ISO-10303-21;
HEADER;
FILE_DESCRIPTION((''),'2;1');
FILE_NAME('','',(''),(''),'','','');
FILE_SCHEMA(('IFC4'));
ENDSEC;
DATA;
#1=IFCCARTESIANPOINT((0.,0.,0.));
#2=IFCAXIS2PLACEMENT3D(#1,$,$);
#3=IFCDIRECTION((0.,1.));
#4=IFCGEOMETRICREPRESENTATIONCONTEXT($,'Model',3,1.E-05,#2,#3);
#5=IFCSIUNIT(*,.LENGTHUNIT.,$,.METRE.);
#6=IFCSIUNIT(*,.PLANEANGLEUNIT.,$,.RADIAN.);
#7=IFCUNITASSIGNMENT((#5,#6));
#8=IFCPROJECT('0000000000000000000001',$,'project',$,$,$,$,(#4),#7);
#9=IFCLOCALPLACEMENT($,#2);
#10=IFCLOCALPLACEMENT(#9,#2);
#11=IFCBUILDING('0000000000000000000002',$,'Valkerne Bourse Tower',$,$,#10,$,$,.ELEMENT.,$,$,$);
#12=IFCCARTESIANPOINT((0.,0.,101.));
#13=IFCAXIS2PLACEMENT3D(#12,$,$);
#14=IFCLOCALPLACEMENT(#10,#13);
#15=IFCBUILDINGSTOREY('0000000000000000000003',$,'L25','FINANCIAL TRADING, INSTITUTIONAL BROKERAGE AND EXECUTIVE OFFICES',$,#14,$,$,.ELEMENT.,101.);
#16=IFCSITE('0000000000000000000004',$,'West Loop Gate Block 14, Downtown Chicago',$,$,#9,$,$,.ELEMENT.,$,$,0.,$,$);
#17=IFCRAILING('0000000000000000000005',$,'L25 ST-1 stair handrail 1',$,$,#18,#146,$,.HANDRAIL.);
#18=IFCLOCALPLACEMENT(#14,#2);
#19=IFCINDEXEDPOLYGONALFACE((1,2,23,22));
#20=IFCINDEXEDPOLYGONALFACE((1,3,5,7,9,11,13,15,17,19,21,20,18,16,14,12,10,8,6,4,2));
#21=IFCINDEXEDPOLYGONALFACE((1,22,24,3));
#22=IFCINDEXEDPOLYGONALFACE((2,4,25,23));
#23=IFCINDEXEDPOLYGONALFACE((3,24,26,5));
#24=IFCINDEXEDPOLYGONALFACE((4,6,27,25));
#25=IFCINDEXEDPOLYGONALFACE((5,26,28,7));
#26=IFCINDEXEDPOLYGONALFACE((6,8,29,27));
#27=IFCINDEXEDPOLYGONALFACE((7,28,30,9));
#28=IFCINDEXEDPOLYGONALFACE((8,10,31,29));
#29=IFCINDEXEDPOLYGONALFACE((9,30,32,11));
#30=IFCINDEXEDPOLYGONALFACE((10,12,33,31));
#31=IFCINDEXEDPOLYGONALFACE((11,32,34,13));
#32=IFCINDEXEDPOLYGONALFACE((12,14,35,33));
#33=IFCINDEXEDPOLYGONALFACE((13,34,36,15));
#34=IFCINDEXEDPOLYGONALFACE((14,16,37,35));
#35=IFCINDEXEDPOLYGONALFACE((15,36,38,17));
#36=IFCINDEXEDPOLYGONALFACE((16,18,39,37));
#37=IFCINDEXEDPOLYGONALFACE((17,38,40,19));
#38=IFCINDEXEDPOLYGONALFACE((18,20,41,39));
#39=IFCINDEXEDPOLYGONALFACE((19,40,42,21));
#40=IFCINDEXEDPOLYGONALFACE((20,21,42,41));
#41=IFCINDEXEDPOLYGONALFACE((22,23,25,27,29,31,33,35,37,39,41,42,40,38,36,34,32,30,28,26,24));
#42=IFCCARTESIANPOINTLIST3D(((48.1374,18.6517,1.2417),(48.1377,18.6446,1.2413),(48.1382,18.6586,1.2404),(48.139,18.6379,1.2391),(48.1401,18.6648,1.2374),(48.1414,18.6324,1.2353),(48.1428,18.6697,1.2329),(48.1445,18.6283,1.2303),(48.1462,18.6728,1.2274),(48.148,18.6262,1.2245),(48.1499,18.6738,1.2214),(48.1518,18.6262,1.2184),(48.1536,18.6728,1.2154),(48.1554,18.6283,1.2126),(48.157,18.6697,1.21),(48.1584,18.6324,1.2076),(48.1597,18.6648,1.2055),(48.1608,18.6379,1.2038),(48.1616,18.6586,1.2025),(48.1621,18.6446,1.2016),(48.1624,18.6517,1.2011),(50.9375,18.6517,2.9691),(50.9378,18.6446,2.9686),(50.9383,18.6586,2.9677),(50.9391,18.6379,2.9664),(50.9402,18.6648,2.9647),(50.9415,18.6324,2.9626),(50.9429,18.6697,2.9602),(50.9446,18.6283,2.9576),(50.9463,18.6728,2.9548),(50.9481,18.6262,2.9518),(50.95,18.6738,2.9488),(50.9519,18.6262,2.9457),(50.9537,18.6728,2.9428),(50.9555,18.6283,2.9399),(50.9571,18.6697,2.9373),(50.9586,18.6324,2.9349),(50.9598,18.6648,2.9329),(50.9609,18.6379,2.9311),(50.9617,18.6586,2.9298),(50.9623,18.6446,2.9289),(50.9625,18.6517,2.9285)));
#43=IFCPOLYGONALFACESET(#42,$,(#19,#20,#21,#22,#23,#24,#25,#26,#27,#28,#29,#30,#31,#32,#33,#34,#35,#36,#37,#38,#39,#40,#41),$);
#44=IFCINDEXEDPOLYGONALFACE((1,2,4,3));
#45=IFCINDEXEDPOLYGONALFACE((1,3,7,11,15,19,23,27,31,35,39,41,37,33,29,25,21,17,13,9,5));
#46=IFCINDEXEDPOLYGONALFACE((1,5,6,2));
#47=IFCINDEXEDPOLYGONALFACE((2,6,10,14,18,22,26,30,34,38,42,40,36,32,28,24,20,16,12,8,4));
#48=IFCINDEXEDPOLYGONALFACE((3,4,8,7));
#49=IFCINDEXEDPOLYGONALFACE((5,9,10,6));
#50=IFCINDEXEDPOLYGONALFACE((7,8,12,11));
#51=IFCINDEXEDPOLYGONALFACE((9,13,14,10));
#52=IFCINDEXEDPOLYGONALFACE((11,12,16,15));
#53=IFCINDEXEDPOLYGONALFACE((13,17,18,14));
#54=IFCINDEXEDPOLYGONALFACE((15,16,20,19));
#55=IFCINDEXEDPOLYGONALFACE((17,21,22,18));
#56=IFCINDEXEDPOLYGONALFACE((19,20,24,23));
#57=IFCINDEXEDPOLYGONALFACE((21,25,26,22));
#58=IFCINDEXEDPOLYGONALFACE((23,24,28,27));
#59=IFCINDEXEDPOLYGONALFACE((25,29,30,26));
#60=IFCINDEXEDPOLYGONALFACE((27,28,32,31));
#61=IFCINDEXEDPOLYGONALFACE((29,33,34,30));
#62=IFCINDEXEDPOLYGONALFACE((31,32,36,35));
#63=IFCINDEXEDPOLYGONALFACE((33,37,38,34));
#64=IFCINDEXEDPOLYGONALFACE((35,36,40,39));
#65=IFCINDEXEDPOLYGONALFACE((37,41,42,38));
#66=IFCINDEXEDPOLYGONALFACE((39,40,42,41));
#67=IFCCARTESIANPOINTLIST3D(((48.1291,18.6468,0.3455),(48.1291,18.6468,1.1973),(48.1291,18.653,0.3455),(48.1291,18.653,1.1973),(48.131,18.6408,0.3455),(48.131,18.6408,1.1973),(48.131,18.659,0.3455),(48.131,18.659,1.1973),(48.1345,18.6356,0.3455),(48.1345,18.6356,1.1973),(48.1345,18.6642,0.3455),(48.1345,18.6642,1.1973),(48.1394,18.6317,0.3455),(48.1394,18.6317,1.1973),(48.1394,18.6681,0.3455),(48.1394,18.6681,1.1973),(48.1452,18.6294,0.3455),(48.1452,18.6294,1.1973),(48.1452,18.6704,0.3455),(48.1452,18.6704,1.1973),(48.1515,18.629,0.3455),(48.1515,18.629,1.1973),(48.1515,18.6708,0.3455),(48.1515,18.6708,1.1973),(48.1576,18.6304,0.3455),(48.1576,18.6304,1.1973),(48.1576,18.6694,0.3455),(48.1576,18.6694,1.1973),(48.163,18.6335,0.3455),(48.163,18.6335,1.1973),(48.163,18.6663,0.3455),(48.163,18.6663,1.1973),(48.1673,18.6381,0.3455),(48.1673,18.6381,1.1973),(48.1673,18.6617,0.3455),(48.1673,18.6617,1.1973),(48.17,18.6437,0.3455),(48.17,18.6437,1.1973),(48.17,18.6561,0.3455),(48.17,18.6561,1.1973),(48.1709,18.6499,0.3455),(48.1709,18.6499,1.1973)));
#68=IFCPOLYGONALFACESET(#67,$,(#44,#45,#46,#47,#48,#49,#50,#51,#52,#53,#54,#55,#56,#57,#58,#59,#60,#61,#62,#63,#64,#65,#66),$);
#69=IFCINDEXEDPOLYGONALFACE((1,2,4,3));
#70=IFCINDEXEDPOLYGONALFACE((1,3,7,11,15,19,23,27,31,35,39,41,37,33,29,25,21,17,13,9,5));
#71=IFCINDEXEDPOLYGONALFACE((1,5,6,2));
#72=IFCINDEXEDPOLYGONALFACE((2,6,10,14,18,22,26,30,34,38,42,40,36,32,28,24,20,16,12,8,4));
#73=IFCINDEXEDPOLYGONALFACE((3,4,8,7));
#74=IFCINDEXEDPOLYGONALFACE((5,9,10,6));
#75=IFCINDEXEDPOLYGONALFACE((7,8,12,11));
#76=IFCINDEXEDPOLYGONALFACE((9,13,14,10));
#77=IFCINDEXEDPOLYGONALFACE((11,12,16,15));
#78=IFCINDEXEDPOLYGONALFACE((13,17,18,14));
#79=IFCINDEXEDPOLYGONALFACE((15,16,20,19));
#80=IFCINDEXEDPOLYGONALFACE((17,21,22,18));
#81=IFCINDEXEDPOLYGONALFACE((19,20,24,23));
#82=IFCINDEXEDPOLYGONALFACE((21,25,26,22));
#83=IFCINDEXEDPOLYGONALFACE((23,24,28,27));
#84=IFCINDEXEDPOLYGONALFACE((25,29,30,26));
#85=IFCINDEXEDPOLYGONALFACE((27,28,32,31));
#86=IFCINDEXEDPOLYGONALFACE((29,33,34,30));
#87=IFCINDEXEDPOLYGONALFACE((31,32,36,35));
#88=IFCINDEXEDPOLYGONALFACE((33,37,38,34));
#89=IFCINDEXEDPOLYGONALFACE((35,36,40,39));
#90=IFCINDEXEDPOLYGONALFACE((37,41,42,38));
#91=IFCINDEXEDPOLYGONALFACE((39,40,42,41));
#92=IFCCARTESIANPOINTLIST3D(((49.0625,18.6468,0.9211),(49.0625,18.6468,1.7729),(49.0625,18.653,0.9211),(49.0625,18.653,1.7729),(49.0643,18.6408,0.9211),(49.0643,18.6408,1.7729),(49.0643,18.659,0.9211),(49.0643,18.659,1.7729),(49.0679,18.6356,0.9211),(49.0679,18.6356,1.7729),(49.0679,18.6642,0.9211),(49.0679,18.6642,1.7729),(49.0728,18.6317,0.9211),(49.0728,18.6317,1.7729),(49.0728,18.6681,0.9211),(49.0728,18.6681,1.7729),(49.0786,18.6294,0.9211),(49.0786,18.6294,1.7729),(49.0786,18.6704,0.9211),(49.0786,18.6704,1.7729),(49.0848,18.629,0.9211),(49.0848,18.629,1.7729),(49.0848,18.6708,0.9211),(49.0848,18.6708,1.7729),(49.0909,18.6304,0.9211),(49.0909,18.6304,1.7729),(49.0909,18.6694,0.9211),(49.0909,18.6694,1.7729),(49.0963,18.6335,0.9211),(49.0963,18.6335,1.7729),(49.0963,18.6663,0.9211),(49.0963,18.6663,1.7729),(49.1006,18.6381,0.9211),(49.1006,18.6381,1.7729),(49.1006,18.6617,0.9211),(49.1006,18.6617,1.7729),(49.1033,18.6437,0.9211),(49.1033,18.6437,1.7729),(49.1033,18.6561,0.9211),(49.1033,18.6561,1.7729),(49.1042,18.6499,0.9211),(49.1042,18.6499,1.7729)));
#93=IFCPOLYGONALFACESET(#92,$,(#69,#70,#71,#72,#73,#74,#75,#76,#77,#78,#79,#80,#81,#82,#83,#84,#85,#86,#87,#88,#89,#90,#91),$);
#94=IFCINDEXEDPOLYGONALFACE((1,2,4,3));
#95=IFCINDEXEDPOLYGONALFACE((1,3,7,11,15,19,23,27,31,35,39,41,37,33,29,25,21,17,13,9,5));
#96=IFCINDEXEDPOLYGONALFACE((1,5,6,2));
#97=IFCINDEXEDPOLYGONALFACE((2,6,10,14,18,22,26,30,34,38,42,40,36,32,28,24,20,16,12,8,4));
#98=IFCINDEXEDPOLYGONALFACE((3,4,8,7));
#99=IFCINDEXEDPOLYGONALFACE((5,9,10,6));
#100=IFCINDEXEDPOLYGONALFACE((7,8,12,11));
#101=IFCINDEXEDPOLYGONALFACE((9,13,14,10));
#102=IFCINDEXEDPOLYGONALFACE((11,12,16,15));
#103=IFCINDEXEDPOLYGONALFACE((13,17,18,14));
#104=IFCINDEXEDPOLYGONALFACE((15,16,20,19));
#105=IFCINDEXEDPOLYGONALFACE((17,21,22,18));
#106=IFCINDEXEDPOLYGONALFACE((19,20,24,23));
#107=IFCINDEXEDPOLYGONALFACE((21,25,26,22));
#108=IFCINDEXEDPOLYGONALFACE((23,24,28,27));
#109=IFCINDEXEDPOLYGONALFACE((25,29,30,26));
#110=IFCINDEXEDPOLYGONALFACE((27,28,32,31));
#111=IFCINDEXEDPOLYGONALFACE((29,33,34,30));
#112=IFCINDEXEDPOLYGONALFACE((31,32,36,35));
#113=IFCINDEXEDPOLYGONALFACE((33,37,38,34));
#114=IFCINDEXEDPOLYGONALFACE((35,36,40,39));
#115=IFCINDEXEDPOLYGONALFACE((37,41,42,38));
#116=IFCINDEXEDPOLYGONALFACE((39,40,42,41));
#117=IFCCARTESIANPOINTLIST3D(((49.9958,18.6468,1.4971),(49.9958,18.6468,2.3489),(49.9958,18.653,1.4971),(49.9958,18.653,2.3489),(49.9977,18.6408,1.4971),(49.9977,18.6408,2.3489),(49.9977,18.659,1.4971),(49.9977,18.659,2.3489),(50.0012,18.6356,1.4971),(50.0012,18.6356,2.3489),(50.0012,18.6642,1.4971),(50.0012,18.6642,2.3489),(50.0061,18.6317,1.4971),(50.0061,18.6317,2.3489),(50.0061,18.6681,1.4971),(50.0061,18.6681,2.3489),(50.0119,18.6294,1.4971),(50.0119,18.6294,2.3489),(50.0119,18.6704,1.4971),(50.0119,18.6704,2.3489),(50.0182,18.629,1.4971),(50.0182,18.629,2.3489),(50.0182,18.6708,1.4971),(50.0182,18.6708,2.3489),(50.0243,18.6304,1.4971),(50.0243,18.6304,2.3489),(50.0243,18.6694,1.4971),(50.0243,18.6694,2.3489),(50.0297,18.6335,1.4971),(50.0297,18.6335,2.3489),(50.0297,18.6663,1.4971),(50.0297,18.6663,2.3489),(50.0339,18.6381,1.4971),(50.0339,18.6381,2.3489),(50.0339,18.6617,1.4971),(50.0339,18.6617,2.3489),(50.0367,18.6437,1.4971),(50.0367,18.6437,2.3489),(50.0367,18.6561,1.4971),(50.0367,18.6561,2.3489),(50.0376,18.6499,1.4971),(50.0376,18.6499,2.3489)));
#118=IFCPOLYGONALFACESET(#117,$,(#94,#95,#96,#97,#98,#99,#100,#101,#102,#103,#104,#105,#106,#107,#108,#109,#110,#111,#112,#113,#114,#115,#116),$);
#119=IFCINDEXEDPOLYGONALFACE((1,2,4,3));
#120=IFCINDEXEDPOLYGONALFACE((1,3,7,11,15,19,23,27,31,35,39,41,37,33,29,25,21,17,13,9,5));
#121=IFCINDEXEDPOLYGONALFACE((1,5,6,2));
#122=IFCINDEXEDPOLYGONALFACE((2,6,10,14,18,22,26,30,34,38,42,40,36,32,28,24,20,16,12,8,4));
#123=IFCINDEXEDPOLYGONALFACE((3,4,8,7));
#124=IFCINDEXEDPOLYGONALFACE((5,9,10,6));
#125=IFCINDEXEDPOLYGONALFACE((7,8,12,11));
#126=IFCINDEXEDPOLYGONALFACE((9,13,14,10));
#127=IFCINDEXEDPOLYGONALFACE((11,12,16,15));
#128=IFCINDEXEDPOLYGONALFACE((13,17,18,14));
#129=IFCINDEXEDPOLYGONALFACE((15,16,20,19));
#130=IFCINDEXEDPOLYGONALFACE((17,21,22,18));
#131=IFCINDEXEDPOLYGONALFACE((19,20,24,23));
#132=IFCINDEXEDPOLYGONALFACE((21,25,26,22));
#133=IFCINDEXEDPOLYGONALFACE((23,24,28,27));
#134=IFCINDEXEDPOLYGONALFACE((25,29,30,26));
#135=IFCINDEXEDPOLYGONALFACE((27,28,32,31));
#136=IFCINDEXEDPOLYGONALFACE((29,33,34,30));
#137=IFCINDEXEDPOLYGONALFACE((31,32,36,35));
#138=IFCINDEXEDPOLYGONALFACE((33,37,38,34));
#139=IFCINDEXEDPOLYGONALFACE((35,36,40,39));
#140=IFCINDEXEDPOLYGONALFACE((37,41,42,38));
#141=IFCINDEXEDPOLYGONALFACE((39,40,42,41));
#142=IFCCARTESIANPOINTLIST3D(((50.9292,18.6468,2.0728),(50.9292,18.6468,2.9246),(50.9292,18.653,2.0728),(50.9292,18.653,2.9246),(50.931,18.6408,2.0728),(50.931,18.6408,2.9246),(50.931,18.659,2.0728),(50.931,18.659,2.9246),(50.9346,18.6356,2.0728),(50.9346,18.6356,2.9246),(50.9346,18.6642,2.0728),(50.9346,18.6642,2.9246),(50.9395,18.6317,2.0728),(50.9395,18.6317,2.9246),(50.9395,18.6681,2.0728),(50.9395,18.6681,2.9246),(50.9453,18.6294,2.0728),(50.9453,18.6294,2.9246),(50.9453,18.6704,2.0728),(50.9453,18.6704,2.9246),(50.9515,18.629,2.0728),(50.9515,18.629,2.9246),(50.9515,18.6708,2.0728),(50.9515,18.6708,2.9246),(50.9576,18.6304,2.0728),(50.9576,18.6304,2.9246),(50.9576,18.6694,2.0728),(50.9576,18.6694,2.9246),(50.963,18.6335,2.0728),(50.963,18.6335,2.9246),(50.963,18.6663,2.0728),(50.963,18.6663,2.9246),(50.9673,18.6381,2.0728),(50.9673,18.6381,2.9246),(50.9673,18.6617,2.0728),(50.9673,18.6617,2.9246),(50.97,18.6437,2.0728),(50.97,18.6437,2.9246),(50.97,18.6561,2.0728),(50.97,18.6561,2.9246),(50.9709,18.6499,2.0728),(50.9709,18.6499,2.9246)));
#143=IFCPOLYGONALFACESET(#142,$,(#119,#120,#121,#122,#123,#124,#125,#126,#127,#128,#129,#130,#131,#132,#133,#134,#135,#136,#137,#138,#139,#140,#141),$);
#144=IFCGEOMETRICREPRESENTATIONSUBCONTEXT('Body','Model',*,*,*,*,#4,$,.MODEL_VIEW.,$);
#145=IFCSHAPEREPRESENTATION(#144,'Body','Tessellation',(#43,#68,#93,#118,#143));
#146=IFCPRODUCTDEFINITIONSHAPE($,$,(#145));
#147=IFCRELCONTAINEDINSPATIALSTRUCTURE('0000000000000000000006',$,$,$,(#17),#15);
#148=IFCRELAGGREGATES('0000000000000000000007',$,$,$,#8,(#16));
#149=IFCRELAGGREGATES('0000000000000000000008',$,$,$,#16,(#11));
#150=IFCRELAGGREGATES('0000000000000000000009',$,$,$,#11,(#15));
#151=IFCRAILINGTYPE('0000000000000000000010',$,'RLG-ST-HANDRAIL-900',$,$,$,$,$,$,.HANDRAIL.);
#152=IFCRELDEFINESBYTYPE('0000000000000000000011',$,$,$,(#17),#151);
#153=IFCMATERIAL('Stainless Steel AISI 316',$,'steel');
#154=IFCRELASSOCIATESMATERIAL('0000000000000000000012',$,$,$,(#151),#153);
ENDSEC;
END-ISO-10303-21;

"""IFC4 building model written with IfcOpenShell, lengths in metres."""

from ifc_helpers import new_model, si_unit, direction, frame, origin, origin_2d, place, context, subcontext, project, spatial, circle, extrude, material, type_object, element, save


model = new_model("IFC4")

# Units and contexts
model_context = context("Model", 3, precision=1e-05, world=origin(), true_north=direction((0.0, 1.0)))
body_context = subcontext(model_context, "Body", "Model", "MODEL_VIEW")
ifc_project = project(units=[si_unit("LENGTHUNIT", "METRE"), si_unit("PLANEANGLEUNIT", "RADIAN")], contexts=[model_context])

# Site, building, storey
site_placement = place(None, origin())
site = spatial("IfcSite", under=ifc_project, at=site_placement, Name="West Loop Gate Block 14, Downtown Chicago", CompositionType="ELEMENT", RefElevation=0.0)
building_placement = place(site_placement, origin())
building = spatial("IfcBuilding", under=site, at=building_placement, Name="Valkerne Bourse Tower", CompositionType="ELEMENT")
storey_placement = place(building_placement, frame((0.0, 0.0, 101.0)))
storey = spatial("IfcBuildingStorey", under=building, at=storey_placement, Name="L25", Description="FINANCIAL TRADING, INSTITUTIONAL BROKERAGE AND EXECUTIVE OFFICES", CompositionType="ELEMENT", Elevation=101.0)

# Shared definitions
ifc_material_1 = material(Name="Stainless Steel AISI 316", Category="steel")

# Railing
railing_type_1 = type_object("IfcRailingType", Name="RLG-ST-HANDRAIL-900", PredefinedType="HANDRAIL", material=ifc_material_1)
railing_1_placement = place(storey_placement, frame((48.1499, 18.6499, 0.3455)))
element("IfcRailing", 1, at=railing_1_placement, inside=storey, type_object=railing_type_1, Name="L25 ST-1 stair handrail 1", PredefinedType="HANDRAIL", context=body_context, shape_type="SweptSolid", body=[
    extrude(circle(Radius=0.0239, at=origin_2d()), frame((0.0, 0.0, 0.876), z_axis=(0.85109, 0.0, 0.52502), x_axis=(0.0, 1.0, 0.0)), (0.0, 0.0, 1.0), 3.29),
    extrude(circle(Radius=0.021, at=origin_2d()), origin(), (0.0, 0.0, 1.0), 0.8518),
    extrude(circle(Radius=0.021, at=origin_2d()), frame((0.9333, 0.0, 0.5757)), (0.0, 0.0, 1.0), 0.8518),
    extrude(circle(Radius=0.021, at=origin_2d()), frame((1.8667, 0.0, 1.1516)), (0.0, 0.0, 1.0), 0.8518),
    extrude(circle(Radius=0.021, at=origin_2d()), frame((2.8, 0.0, 1.7273)), (0.0, 0.0, 1.0), 0.8518),
])

save(model, "model.ifc")
